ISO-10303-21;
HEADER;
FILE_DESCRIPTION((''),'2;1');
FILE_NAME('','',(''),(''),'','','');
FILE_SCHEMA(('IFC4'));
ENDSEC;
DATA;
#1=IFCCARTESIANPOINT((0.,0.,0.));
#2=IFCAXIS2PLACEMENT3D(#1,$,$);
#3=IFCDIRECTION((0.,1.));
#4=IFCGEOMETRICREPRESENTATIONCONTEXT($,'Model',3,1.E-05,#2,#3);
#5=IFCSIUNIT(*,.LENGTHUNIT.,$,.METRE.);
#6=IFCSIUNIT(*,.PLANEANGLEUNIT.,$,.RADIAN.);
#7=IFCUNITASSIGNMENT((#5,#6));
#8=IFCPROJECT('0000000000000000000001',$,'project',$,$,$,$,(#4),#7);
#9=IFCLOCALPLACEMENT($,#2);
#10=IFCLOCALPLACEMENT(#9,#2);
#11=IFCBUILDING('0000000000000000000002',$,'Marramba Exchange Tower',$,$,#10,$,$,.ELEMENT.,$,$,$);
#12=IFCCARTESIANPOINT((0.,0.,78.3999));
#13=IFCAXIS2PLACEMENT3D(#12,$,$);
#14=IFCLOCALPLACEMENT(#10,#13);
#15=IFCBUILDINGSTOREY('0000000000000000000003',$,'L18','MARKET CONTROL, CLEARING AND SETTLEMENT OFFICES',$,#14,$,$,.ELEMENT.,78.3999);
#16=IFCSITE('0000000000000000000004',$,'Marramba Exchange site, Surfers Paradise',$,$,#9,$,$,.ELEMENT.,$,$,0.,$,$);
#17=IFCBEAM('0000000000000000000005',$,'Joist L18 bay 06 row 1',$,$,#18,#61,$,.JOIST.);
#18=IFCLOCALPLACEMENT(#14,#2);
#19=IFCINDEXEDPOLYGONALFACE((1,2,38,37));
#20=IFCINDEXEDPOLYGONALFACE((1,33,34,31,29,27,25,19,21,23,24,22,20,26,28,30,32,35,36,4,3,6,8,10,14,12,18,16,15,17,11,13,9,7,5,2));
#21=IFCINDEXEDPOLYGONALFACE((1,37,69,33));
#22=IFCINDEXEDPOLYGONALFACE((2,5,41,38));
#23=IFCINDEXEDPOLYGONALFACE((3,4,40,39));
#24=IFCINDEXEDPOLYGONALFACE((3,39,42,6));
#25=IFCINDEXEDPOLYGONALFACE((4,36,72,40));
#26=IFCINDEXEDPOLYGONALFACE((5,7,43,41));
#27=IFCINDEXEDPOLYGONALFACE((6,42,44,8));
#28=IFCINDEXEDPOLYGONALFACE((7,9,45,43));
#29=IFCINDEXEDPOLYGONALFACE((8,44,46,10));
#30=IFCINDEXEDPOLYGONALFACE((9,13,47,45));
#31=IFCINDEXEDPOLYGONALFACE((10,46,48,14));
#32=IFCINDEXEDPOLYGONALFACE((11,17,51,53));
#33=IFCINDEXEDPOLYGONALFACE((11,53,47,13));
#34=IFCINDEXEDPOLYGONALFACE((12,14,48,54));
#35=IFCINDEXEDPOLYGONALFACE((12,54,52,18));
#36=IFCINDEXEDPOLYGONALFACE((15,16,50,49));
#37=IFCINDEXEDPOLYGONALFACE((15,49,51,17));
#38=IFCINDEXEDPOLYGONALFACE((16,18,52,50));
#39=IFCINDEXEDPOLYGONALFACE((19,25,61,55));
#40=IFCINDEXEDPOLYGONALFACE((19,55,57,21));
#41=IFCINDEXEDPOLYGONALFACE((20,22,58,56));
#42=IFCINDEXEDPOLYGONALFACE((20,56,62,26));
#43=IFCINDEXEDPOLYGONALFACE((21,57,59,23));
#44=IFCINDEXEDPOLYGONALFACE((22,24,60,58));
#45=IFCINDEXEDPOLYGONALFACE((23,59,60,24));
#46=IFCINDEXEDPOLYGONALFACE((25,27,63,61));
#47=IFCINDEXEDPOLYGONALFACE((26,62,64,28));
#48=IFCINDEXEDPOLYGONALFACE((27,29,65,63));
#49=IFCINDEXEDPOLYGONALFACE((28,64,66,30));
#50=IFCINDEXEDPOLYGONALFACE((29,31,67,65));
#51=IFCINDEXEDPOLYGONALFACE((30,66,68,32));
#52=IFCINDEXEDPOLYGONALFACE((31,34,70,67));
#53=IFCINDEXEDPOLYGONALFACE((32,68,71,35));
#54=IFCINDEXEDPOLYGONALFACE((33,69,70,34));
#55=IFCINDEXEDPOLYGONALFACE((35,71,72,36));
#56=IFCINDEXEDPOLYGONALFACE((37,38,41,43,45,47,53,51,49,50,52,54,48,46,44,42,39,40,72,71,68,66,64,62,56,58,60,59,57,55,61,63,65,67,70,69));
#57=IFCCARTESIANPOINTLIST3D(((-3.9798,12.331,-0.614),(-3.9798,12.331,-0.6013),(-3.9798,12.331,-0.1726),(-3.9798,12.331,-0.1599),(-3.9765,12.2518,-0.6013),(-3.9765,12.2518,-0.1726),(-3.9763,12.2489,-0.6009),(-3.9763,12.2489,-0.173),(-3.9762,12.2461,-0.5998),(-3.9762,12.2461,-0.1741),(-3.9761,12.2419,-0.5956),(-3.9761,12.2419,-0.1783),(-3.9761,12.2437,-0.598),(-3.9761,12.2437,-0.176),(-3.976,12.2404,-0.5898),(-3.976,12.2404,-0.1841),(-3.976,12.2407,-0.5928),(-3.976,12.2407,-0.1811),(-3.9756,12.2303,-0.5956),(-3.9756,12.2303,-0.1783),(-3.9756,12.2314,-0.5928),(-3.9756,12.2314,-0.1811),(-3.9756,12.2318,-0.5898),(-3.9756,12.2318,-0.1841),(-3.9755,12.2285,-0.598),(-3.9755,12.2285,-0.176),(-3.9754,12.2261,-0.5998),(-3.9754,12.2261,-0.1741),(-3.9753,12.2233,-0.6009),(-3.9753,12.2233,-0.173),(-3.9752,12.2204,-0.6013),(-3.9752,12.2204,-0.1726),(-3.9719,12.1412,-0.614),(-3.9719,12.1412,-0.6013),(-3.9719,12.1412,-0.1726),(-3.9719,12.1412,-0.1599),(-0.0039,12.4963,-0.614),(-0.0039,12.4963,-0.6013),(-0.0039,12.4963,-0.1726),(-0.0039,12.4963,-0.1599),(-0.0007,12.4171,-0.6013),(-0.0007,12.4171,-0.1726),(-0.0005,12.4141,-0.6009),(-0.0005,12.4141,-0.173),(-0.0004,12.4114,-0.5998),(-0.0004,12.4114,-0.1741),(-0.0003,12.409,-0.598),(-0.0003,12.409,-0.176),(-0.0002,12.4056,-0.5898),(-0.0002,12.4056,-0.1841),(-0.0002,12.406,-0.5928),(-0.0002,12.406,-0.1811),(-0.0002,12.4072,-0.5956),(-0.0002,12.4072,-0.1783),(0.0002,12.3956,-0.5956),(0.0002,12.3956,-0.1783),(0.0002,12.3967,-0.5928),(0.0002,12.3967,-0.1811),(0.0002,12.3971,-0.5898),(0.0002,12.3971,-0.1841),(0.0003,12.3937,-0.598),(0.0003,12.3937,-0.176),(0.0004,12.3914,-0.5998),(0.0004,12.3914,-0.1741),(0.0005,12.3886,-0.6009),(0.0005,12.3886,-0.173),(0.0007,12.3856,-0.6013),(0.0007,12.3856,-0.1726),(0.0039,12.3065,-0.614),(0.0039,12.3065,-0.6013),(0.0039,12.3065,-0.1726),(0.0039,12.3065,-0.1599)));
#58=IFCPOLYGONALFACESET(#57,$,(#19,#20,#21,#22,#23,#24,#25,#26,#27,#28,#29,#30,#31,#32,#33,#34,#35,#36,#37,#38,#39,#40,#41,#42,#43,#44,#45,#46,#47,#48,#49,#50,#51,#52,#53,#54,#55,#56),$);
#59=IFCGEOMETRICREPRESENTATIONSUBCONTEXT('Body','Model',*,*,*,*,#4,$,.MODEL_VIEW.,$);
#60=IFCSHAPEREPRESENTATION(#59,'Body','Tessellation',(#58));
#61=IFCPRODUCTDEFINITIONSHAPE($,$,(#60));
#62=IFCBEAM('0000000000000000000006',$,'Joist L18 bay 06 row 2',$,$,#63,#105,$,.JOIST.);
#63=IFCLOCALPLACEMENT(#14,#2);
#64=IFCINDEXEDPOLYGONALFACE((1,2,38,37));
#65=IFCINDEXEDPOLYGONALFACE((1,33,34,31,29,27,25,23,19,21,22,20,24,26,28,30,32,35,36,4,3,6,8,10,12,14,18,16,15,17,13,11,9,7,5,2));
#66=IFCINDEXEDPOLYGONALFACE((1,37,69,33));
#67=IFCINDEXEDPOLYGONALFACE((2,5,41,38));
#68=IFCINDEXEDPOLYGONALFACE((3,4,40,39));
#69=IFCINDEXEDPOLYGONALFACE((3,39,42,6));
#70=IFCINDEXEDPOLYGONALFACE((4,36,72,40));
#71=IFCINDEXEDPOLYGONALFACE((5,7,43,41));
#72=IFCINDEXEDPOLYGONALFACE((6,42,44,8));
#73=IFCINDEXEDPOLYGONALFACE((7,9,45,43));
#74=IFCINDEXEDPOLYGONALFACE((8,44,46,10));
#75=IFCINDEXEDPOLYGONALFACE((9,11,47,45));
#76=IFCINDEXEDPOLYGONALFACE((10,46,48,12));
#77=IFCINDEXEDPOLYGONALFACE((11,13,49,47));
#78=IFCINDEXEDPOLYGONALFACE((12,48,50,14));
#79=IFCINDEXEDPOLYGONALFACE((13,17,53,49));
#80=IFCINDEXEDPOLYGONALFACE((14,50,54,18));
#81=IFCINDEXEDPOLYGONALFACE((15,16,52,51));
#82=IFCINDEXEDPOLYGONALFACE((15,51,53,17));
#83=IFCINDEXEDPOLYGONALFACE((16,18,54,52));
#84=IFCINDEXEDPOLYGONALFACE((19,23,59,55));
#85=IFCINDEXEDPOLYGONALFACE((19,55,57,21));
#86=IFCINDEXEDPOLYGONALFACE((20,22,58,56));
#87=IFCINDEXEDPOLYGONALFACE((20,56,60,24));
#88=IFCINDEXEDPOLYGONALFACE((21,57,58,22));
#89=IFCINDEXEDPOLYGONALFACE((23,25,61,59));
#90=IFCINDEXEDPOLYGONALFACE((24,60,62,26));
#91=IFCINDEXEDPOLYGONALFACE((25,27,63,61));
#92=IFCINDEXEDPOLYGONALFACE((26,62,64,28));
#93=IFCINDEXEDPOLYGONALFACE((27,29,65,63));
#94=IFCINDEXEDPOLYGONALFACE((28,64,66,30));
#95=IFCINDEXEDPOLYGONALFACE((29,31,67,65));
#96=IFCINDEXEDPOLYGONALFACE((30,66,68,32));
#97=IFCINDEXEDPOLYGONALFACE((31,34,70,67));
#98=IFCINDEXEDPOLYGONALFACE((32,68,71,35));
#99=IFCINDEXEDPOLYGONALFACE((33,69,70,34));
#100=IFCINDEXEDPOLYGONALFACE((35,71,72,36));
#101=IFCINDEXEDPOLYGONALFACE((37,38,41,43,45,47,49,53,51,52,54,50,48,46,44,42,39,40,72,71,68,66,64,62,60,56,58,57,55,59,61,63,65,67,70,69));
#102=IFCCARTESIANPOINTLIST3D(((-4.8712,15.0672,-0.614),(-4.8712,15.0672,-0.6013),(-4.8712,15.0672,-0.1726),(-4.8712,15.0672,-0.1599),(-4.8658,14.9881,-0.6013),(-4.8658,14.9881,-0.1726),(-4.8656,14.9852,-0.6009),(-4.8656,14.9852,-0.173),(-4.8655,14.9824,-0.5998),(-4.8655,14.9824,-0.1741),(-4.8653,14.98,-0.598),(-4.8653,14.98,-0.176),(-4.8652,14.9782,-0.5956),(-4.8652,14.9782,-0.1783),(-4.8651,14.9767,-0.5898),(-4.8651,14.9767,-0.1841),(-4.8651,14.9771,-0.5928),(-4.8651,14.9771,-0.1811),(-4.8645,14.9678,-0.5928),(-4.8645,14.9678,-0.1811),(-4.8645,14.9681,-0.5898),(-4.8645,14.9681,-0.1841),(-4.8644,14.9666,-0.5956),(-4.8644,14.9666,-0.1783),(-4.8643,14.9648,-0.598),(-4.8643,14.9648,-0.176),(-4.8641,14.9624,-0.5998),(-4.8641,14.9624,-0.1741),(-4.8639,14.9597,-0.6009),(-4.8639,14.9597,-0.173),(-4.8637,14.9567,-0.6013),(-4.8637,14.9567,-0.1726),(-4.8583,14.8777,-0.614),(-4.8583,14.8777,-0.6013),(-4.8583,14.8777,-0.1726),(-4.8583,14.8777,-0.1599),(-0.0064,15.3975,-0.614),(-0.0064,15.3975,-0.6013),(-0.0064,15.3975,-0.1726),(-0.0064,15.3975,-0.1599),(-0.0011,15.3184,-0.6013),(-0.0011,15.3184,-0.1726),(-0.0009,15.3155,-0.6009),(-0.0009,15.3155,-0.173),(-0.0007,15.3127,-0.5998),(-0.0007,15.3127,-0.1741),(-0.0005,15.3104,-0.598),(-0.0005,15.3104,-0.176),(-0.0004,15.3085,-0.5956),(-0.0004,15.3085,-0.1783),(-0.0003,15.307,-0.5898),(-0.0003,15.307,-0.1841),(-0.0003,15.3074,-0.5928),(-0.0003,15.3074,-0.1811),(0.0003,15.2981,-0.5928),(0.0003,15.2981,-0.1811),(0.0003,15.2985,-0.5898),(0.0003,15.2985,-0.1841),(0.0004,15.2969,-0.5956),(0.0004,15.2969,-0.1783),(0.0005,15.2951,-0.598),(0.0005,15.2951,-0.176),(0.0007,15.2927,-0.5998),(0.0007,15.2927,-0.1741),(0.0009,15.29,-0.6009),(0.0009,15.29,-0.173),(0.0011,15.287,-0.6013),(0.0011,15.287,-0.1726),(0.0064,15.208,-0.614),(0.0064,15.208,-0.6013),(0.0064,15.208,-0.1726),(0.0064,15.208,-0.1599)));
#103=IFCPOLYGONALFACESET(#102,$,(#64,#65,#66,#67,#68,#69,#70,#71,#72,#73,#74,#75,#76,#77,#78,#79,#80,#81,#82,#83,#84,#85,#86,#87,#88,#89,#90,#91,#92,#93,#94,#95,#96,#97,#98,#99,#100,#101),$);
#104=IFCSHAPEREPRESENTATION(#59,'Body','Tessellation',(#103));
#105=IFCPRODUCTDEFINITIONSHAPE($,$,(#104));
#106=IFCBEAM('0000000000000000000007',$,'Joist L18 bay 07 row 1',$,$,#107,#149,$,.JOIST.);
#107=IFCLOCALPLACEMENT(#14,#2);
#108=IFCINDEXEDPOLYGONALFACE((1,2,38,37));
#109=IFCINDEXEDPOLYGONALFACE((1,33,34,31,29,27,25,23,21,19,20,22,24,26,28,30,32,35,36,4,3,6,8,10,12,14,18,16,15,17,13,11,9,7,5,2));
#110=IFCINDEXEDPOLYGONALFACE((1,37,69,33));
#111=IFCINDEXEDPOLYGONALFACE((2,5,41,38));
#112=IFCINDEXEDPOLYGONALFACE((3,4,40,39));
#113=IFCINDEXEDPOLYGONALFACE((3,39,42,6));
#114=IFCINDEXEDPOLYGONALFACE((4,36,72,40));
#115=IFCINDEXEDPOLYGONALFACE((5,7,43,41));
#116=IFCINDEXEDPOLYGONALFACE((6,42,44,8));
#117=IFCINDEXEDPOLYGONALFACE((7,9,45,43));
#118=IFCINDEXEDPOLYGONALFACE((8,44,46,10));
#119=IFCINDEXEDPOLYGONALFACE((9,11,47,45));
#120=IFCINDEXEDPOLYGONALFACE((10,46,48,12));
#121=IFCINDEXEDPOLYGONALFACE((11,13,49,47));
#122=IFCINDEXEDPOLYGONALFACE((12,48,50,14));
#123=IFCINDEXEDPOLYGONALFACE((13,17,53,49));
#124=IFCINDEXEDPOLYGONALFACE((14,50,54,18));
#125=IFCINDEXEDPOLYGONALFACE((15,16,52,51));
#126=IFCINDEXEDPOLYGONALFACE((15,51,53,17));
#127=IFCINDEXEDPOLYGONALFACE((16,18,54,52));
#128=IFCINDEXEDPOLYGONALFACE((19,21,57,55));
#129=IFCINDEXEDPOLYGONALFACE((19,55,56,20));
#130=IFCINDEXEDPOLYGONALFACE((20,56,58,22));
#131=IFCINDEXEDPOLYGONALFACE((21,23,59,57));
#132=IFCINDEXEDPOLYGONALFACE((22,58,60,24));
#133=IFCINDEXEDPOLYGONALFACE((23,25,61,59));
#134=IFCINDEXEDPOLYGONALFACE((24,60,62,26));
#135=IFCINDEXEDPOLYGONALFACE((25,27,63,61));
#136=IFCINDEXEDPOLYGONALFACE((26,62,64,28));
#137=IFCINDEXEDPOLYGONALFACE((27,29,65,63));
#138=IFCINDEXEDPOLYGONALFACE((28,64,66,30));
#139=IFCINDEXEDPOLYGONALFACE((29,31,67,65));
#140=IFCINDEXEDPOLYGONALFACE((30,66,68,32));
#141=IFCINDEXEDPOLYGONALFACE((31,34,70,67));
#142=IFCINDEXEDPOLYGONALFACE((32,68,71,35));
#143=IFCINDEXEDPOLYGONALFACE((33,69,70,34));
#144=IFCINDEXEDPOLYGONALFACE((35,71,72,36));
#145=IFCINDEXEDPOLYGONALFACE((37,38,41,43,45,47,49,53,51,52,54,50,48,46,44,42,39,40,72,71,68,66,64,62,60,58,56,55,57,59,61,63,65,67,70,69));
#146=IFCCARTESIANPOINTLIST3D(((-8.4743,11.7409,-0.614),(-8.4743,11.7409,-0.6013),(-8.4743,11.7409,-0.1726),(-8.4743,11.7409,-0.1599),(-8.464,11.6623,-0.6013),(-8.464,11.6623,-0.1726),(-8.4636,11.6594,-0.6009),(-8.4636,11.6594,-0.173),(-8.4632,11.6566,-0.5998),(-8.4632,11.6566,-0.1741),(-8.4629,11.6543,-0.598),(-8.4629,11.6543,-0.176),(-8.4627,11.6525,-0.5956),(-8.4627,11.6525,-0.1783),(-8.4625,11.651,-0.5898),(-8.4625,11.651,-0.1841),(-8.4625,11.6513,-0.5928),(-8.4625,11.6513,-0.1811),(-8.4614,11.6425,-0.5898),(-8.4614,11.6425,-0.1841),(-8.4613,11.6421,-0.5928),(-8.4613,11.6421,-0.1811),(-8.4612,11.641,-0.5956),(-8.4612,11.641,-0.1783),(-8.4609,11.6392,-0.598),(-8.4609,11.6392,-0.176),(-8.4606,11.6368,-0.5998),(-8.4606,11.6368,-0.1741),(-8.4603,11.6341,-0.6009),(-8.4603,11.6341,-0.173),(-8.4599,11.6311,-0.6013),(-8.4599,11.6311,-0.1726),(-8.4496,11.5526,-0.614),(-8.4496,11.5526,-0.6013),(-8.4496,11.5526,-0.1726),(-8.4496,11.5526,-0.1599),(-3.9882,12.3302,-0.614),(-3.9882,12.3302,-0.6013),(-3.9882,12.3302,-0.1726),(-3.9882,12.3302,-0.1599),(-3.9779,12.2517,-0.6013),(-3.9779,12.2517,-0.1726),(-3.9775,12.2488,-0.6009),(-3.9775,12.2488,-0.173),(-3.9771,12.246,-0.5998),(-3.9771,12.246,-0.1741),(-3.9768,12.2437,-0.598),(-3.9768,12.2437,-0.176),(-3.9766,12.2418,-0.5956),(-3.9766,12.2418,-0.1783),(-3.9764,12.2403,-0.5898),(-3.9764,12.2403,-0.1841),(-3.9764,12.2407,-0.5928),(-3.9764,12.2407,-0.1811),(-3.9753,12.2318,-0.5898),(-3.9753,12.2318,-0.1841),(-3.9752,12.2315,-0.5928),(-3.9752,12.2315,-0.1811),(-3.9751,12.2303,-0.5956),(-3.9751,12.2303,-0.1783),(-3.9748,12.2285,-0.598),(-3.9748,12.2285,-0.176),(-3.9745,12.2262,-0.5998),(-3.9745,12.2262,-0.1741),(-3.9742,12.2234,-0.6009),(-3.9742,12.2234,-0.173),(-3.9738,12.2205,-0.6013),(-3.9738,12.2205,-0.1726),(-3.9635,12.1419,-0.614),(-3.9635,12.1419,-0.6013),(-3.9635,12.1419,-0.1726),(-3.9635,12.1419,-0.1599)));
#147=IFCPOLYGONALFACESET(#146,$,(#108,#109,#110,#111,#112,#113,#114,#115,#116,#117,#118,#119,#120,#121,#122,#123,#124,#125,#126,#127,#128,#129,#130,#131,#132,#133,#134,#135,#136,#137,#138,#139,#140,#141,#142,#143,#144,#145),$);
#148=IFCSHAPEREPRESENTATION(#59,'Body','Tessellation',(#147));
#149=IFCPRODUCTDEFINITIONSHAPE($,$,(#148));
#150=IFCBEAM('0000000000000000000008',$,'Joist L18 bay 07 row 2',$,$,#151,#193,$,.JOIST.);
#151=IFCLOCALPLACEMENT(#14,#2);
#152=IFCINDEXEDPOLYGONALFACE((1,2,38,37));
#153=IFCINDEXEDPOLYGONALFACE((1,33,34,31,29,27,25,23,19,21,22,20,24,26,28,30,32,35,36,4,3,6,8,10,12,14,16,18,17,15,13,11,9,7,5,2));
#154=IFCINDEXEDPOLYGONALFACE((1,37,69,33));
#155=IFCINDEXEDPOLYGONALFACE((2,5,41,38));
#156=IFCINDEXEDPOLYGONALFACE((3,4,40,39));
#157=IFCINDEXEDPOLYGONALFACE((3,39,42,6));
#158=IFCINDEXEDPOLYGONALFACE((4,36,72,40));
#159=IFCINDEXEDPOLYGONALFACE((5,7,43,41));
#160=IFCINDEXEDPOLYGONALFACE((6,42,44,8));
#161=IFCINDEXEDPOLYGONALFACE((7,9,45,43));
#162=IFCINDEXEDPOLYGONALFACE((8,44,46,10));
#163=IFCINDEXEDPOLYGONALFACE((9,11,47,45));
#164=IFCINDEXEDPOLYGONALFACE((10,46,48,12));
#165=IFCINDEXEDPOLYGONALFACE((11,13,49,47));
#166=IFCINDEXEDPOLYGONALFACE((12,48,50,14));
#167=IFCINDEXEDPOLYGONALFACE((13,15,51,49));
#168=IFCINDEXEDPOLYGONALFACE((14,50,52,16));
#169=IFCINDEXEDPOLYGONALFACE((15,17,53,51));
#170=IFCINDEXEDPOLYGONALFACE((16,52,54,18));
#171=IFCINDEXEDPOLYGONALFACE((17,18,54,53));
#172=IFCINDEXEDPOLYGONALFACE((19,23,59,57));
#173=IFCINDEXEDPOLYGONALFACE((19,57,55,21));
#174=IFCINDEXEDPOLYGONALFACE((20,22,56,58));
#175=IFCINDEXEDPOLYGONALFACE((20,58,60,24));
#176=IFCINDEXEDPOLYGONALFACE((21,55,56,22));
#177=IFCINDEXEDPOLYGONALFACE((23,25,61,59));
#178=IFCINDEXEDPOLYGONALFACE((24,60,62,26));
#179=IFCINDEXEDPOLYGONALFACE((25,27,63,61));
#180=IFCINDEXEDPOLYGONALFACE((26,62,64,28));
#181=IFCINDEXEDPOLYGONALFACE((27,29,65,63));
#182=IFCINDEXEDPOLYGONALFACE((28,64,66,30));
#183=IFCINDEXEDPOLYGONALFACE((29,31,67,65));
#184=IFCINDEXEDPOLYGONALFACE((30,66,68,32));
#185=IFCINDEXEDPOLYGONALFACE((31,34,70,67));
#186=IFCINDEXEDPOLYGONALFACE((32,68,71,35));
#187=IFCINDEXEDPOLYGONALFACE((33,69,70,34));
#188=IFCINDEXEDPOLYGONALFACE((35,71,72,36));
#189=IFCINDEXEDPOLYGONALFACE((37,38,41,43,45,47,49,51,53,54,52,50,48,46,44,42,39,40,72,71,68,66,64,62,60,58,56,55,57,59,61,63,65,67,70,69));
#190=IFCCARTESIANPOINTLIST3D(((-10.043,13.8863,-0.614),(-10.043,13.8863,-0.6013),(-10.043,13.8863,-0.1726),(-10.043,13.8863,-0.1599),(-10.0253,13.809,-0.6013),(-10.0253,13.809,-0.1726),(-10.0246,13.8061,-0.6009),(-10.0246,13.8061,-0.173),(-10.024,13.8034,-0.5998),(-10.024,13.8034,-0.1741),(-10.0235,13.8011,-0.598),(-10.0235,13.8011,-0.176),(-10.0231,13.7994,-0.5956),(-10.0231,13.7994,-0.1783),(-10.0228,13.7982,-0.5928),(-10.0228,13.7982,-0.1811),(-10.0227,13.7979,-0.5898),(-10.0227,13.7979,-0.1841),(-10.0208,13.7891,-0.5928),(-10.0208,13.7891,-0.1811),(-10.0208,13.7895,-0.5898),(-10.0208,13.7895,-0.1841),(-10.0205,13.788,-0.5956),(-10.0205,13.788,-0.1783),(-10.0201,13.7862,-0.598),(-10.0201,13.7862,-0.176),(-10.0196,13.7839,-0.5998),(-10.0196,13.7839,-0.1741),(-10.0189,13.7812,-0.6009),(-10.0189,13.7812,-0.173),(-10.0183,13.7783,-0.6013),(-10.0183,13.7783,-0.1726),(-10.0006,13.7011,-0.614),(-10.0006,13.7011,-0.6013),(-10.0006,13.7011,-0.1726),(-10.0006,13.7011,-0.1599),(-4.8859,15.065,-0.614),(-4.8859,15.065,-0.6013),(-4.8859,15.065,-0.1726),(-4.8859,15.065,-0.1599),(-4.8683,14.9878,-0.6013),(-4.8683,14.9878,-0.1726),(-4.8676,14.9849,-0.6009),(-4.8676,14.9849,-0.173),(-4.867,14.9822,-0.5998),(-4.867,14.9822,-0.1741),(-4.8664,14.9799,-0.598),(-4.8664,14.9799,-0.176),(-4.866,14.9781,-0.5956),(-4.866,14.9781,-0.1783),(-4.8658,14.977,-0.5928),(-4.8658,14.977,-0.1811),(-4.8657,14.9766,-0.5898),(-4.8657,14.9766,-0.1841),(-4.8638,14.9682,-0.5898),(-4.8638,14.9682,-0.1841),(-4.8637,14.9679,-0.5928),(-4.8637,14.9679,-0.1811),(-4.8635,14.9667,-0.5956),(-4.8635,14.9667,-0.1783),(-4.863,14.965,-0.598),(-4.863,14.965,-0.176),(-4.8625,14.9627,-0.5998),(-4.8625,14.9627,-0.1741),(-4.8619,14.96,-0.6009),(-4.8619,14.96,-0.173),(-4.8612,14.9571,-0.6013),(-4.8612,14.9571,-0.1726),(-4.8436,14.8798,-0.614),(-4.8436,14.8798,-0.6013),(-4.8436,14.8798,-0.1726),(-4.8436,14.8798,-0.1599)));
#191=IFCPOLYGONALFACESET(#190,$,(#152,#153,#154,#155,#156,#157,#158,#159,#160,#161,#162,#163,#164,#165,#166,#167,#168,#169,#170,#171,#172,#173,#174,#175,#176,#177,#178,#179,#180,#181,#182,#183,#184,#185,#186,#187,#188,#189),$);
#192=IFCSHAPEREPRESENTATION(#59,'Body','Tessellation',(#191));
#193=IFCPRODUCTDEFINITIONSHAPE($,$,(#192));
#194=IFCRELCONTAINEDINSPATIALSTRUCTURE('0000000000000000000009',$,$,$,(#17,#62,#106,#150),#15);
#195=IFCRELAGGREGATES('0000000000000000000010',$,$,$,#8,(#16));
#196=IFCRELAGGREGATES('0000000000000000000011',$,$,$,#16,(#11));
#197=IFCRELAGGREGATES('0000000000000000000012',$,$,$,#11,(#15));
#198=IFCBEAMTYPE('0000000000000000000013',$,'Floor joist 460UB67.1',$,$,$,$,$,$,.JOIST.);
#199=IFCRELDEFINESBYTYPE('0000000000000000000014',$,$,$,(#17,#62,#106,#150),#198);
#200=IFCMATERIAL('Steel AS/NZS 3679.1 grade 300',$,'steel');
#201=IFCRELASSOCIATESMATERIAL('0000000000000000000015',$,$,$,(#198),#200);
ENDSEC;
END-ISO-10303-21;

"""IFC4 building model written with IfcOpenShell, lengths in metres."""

from ifc_helpers import new_model, si_unit, direction, frame, origin, origin_2d, place, context, subcontext, project, spatial, i_section, extrude, material, material_profile, profile_set, type_object, element, save


model = new_model("IFC4")

# Units and contexts
model_context = context("Model", 3, precision=1e-05, world=origin(), true_north=direction((0.0, 1.0)))
body_context = subcontext(model_context, "Body", "Model", "MODEL_VIEW")
ifc_project = project(units=[si_unit("LENGTHUNIT", "METRE"), si_unit("PLANEANGLEUNIT", "RADIAN")], contexts=[model_context])

# Site, building, storey
site_placement = place(None, origin())
site = spatial("IfcSite", under=ifc_project, at=site_placement, Name="Marramba Exchange site, Surfers Paradise", CompositionType="ELEMENT", RefElevation=0.0)
building_placement = place(site_placement, origin())
building = spatial("IfcBuilding", under=site, at=building_placement, Name="Marramba Exchange Tower", CompositionType="ELEMENT")
storey_placement = place(building_placement, frame((0.0, 0.0, 78.3999)))
storey = spatial("IfcBuildingStorey", under=building, at=storey_placement, Name="L18", Description="MARKET CONTROL, CLEARING AND SETTLEMENT OFFICES", CompositionType="ELEMENT", Elevation=78.3999)

# Beams
ifc_material_1 = material(Name="Steel AS/NZS 3679.1 grade 300", Category="steel")
ifc_material_profile_1 = material_profile(ifc_material_1, i_section(OverallWidth=0.1899, OverallDepth=0.4541, WebThickness=0.0085, FlangeThickness=0.0127, FilletRadius=0.0115, at=origin_2d()), Name="460UB67.1")
ifc_profile_set_1 = profile_set([ifc_material_profile_1], Name="Steel AS/NZS 3679.1 grade 300")
beam_type_1 = type_object("IfcBeamType", Name="Floor joist 460UB67.1", PredefinedType="JOIST", material=ifc_profile_set_1)
beam_1_placement = place(storey_placement, frame((0.0, 12.4014, -0.387), z_axis=(-0.999137, -0.041536, 0.0), x_axis=(0.041536, -0.999137, 0.0)))
element("IfcBeam", 1, at=beam_1_placement, inside=storey, type_object=beam_type_1, Name="Joist L18 bay 06 row 1", PredefinedType="JOIST", context=body_context, shape_type="SweptSolid", body=[
    extrude(i_section(OverallWidth=0.1899, OverallDepth=0.4541, WebThickness=0.0085, FlangeThickness=0.0127, FilletRadius=0.0115, at=origin_2d()), origin(), (0.0, 0.0, 1.0), 3.9792),
])
beam_2_placement = place(storey_placement, frame((0.0, 15.3027, -0.387), z_axis=(-0.997703, -0.067745, 0.0), x_axis=(0.067745, -0.997703, 0.0)))
element("IfcBeam", 2, at=beam_2_placement, inside=storey, type_object=beam_type_1, Name="Joist L18 bay 06 row 2", PredefinedType="JOIST", context=body_context, shape_type="SweptSolid", body=[
    extrude(i_section(OverallWidth=0.1899, OverallDepth=0.4541, WebThickness=0.0085, FlangeThickness=0.0127, FilletRadius=0.0115, at=origin_2d()), origin(), (0.0, 0.0, 1.0), 4.876),
])
beam_3_placement = place(storey_placement, frame((-3.9758, 12.2361, -0.387), z_axis=(-0.991481, -0.130255, 0.0), x_axis=(0.130255, -0.991481, 0.0)))
element("IfcBeam", 3, at=beam_3_placement, inside=storey, type_object=beam_type_1, Name="Joist L18 bay 07 row 1", PredefinedType="JOIST", context=body_context, shape_type="SweptSolid", body=[
    extrude(i_section(OverallWidth=0.1899, OverallDepth=0.4541, WebThickness=0.0085, FlangeThickness=0.0127, FilletRadius=0.0115, at=origin_2d()), origin(), (0.0, 0.0, 1.0), 4.5247),
])
beam_4_placement = place(storey_placement, frame((-4.8647, 14.9724, -0.387), z_axis=(-0.97486, -0.22282, 0.0), x_axis=(0.22282, -0.97486, 0.0)))
element("IfcBeam", 4, at=beam_4_placement, inside=storey, type_object=beam_type_1, Name="Joist L18 bay 07 row 2", PredefinedType="JOIST", context=body_context, shape_type="SweptSolid", body=[
    extrude(i_section(OverallWidth=0.1899, OverallDepth=0.4541, WebThickness=0.0085, FlangeThickness=0.0127, FilletRadius=0.0115, at=origin_2d()), origin(), (0.0, 0.0, 1.0), 5.29),
])

save(model, "model.ifc")
